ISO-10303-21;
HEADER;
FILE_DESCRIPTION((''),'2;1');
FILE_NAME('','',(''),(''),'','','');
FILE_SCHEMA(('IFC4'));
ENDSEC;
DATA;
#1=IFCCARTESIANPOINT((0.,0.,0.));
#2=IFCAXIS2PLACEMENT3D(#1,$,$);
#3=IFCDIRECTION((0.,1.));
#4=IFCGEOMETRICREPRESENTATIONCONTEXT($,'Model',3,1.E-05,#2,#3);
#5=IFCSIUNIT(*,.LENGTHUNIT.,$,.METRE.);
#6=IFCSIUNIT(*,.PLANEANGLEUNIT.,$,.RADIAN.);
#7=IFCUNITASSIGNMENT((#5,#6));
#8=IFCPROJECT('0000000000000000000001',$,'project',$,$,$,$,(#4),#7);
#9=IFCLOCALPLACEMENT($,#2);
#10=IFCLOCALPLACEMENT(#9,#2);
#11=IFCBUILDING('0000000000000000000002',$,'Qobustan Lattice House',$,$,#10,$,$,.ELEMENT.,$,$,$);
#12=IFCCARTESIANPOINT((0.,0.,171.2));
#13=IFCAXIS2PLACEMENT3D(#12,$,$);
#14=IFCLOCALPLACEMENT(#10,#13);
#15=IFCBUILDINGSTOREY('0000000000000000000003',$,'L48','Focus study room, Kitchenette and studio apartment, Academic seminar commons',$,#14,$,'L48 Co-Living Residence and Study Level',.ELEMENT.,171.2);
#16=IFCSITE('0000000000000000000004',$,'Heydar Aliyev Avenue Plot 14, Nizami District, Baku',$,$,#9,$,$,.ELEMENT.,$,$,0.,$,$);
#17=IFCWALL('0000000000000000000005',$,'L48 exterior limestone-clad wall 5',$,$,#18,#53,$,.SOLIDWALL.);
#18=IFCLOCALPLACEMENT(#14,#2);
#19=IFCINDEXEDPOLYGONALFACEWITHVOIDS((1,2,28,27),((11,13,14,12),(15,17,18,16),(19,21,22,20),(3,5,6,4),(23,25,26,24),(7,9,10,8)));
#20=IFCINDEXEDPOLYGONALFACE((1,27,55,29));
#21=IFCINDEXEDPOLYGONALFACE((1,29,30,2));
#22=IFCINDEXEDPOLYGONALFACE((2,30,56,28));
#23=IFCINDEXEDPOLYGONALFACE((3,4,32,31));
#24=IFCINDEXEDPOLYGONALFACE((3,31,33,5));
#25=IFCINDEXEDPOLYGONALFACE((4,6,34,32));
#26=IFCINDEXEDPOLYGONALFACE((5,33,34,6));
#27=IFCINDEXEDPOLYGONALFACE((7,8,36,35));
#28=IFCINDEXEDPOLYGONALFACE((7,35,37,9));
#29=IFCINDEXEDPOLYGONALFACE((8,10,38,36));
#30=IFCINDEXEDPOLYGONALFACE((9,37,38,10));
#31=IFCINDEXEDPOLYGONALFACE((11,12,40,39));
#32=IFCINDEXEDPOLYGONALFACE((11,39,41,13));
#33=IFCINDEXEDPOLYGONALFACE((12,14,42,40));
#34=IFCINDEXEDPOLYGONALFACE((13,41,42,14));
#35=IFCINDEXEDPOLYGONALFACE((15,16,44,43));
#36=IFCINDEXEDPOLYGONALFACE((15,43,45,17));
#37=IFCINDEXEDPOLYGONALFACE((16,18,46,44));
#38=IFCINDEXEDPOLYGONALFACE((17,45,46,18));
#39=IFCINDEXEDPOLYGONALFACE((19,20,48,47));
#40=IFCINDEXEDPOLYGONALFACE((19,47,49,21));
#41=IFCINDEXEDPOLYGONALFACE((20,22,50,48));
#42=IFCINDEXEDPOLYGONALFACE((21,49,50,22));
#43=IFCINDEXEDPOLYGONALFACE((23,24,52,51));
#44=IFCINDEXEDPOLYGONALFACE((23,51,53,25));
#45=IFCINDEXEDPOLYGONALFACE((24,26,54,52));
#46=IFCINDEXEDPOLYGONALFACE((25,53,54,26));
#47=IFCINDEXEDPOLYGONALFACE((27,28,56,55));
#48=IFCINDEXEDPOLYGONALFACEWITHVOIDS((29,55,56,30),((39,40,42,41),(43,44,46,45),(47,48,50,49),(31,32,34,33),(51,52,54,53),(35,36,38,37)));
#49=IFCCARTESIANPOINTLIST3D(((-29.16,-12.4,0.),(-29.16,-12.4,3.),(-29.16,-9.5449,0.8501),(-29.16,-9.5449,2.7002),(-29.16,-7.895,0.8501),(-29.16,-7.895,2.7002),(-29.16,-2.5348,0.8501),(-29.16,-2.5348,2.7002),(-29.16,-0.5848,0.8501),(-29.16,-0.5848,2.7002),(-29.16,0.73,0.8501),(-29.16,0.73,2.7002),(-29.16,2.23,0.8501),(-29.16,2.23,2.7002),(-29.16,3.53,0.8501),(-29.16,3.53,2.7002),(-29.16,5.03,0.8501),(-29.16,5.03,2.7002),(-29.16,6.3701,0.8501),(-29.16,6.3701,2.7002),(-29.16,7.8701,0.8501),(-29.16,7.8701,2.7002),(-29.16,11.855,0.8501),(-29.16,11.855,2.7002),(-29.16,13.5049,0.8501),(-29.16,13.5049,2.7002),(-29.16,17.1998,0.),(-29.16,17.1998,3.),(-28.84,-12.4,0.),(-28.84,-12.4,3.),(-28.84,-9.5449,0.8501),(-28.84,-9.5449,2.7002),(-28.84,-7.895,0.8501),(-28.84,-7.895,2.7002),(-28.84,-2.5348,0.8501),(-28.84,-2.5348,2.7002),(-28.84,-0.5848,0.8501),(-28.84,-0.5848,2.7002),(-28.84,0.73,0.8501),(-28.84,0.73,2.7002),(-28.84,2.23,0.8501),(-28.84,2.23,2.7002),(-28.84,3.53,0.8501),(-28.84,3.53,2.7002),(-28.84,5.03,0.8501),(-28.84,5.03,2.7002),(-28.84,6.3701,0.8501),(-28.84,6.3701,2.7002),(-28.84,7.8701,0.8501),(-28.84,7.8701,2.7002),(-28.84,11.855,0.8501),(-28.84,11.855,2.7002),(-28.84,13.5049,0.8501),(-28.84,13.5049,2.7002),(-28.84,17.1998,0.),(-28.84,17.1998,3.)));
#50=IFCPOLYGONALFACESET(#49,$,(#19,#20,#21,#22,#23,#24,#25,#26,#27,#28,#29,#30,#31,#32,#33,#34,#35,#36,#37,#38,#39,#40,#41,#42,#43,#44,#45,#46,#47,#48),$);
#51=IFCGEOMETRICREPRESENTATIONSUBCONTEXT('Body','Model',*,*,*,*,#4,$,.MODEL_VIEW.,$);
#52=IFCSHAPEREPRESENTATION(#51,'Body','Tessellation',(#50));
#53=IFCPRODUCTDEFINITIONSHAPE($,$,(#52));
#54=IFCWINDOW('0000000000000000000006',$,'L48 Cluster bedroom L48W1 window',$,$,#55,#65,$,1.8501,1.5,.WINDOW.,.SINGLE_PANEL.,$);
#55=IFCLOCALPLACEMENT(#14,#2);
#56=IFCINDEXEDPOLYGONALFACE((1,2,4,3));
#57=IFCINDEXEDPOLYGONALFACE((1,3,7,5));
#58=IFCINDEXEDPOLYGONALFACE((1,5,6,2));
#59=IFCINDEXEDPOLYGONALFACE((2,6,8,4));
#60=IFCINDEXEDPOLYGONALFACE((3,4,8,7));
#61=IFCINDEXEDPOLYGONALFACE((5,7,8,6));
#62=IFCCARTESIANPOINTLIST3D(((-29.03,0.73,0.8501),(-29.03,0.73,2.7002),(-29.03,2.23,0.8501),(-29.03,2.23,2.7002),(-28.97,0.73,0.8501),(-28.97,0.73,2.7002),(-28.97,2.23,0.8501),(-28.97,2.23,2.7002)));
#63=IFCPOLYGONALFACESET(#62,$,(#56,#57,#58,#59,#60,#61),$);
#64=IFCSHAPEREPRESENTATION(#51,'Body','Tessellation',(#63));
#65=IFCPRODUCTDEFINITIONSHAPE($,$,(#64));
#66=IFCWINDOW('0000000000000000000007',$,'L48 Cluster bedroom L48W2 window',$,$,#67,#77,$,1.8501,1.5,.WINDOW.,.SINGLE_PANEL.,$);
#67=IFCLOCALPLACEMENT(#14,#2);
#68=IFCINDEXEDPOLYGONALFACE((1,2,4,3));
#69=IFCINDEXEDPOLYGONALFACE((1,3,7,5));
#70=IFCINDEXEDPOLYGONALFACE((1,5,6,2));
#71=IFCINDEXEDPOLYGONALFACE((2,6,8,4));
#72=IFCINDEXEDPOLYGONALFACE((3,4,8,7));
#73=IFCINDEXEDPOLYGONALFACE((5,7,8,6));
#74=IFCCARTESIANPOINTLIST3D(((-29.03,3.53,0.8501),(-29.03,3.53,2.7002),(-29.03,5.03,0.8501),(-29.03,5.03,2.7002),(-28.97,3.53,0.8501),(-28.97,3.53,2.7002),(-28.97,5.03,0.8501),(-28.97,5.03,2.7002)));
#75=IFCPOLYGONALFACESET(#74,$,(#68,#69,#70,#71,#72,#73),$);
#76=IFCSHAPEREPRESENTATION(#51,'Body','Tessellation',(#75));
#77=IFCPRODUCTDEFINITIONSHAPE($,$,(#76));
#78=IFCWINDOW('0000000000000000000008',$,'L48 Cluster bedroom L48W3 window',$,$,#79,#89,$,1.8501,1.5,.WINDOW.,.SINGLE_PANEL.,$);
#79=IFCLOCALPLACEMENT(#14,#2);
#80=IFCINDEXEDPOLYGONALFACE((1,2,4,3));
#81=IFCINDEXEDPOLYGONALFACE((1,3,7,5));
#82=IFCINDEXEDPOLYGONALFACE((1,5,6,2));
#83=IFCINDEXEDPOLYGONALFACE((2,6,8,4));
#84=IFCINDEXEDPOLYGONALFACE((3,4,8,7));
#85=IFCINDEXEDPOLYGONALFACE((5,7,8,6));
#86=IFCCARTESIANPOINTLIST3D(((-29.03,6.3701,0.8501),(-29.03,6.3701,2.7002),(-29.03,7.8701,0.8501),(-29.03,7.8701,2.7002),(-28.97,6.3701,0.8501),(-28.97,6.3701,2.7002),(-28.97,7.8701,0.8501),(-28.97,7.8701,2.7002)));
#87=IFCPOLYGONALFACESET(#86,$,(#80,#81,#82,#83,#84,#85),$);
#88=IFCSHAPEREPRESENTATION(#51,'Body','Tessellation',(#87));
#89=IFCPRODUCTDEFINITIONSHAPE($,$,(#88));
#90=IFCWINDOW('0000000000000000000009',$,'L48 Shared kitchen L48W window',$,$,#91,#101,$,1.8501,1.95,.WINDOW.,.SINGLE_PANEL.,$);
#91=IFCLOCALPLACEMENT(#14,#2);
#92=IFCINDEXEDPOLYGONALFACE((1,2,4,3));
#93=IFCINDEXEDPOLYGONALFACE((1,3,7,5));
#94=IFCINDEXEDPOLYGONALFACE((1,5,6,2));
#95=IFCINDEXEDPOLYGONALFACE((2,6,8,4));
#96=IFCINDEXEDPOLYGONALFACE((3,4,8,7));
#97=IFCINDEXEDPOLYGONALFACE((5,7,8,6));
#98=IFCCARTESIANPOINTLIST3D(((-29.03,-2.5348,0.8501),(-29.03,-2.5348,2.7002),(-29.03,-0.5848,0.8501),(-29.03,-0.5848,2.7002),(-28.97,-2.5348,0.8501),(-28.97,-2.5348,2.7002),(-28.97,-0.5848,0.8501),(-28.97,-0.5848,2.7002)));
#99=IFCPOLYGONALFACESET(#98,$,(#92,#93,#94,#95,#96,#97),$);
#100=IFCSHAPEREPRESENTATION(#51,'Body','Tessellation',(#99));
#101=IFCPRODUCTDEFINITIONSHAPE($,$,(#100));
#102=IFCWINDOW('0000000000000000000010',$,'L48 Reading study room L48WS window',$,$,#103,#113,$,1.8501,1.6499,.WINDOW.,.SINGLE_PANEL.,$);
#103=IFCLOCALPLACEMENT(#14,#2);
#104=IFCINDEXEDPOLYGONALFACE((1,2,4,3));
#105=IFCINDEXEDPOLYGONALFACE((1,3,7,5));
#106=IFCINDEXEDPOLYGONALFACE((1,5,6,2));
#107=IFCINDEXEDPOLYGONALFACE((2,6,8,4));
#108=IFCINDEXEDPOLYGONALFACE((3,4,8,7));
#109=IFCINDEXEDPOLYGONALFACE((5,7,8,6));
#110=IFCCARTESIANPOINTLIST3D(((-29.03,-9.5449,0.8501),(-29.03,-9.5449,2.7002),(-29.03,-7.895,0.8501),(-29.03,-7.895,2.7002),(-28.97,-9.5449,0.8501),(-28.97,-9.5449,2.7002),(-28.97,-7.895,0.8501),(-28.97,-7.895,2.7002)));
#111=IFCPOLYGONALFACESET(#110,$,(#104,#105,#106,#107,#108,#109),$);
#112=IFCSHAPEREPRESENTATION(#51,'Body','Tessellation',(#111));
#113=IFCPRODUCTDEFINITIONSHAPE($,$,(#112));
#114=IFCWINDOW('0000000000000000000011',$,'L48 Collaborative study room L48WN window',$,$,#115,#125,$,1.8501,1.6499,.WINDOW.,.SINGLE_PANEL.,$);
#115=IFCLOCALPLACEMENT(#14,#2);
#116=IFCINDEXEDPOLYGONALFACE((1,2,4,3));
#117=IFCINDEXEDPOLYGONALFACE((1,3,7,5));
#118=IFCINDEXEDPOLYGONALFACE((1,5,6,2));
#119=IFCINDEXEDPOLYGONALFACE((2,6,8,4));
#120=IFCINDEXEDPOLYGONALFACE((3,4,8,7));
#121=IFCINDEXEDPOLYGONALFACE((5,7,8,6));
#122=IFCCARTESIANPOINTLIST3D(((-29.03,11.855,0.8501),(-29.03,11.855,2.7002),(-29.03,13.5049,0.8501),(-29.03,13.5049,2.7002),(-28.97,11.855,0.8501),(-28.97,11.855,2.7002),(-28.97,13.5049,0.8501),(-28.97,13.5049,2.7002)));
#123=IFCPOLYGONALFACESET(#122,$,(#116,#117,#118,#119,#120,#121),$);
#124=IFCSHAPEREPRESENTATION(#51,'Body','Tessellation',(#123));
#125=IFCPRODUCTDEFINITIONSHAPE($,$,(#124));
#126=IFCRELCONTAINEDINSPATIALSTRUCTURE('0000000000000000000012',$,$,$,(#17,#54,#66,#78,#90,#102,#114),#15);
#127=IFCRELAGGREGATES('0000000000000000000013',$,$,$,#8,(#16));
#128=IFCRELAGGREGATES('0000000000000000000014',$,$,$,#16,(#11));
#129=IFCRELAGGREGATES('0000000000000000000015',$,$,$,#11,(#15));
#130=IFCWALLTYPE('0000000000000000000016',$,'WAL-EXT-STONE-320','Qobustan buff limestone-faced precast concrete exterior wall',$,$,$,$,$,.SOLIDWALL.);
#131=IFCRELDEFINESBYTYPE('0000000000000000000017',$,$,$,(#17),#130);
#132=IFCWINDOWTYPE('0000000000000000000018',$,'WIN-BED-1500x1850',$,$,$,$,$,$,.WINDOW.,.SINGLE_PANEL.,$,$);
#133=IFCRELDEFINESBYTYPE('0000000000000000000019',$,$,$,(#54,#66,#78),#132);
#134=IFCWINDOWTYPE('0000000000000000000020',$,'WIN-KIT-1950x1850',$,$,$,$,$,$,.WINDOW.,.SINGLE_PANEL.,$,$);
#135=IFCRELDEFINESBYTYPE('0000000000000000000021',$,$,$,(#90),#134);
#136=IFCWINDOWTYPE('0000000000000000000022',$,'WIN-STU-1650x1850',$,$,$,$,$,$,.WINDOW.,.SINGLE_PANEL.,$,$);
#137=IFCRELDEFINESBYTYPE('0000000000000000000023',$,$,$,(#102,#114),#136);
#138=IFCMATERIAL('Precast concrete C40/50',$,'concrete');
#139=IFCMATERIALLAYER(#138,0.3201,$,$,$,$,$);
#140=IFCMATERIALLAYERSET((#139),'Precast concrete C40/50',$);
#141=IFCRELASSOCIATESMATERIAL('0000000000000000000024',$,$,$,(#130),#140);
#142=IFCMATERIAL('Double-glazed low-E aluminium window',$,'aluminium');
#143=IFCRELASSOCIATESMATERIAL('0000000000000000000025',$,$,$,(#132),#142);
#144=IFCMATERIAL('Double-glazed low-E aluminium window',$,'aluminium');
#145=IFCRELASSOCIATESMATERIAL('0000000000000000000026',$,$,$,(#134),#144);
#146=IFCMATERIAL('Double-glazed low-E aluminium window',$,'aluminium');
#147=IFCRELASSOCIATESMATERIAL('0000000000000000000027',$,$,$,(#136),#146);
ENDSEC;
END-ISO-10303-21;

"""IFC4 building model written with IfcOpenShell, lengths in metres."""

from ifc_helpers import new_model, si_unit, direction, frame, frame_2d, origin, place, context, subcontext, project, spatial, rectangle, extrude, material, layer, layer_set, type_object, element, fill, save


model = new_model("IFC4")

# Units and contexts
model_context = context("Model", 3, precision=1e-05, world=origin(), true_north=direction((0.0, 1.0)))
body_context = subcontext(model_context, "Body", "Model", "MODEL_VIEW")
ifc_project = project(units=[si_unit("LENGTHUNIT", "METRE"), si_unit("PLANEANGLEUNIT", "RADIAN")], contexts=[model_context])

# Site, building, storey
site_placement = place(None, origin())
site = spatial("IfcSite", under=ifc_project, at=site_placement, Name="Heydar Aliyev Avenue Plot 14, Nizami District, Baku", CompositionType="ELEMENT", RefElevation=0.0)
building_placement = place(site_placement, origin())
building = spatial("IfcBuilding", under=site, at=building_placement, Name="Qobustan Lattice House", CompositionType="ELEMENT")
storey_placement = place(building_placement, frame((0.0, 0.0, 171.2)))
storey = spatial("IfcBuildingStorey", under=building, at=storey_placement, Name="L48", Description="Focus study room, Kitchenette and studio apartment, Academic seminar commons", LongName="L48 Co-Living Residence and Study Level", CompositionType="ELEMENT", Elevation=171.2)

# Shared definitions
ifc_material_1 = material(Name="Precast concrete C40/50", Category="concrete")
ifc_layer_1 = layer(ifc_material_1, 0.3201)
ifc_layer_set_1 = layer_set([ifc_layer_1], Name="Precast concrete C40/50")
wall_type = type_object("IfcWallType", Name="WAL-EXT-STONE-320", Description="Qobustan buff limestone-faced precast concrete exterior wall", PredefinedType="SOLIDWALL", material=ifc_layer_set_1)

# Wall, openings, windows
wall_1_placement = place(storey_placement, frame((-29.0, -12.3999, 0.0), z_axis=(0.0, 0.0, 1.0), x_axis=(0.0, 1.0, 0.0)))
wall_1 = element("IfcWall", 1, at=wall_1_placement, inside=storey, type_object=wall_type, Name="L48 exterior limestone-clad wall 5", PredefinedType="SOLIDWALL", context=body_context, shape_type="SweptSolid", body=[
    extrude(rectangle(XDim=29.5999, YDim=0.3201, at=frame_2d((14.7998, 0.0))), origin(), (0.0, 0.0, 1.0), 3.0),
])
opening_1_placement = place(wall_1_placement, frame((2.855, 0.0, 0.8501)))
opening_1 = element("IfcOpeningElement", 2, at=opening_1_placement, cuts=wall_1, PredefinedType="OPENING", context=body_context, shape_type="SweptSolid", body=[
    extrude(rectangle(XDim=1.6499, YDim=1.8501, at=frame_2d((0.825, 0.925))), frame((0.0, 0.1699, 0.0), z_axis=(0.0, -1.0, 0.0), x_axis=(1.0, 0.0, 0.0)), (0.0, 0.0, 1.0), 0.3401),
])
opening_2_placement = place(wall_1_placement, frame((9.865, 0.0, 0.8501)))
opening_2 = element("IfcOpeningElement", 3, at=opening_2_placement, cuts=wall_1, PredefinedType="OPENING", context=body_context, shape_type="SweptSolid", body=[
    extrude(rectangle(XDim=1.95, YDim=1.8501, at=frame_2d((0.9751, 0.925))), frame((0.0, 0.1699, 0.0), z_axis=(0.0, -1.0, 0.0), x_axis=(1.0, 0.0, 0.0)), (0.0, 0.0, 1.0), 0.3401),
])
opening_3_placement = place(wall_1_placement, frame((13.1299, 0.0, 0.8501)))
opening_3 = element("IfcOpeningElement", 4, at=opening_3_placement, cuts=wall_1, PredefinedType="OPENING", context=body_context, shape_type="SweptSolid", body=[
    extrude(rectangle(XDim=1.5, YDim=1.8501, at=frame_2d((0.75, 0.925))), frame((0.0, 0.1699, 0.0), z_axis=(0.0, -1.0, 0.0), x_axis=(1.0, 0.0, 0.0)), (0.0, 0.0, 1.0), 0.3401),
])
opening_4_placement = place(wall_1_placement, frame((15.9299, 0.0, 0.8501)))
opening_4 = element("IfcOpeningElement", 5, at=opening_4_placement, cuts=wall_1, PredefinedType="OPENING", context=body_context, shape_type="SweptSolid", body=[
    extrude(rectangle(XDim=1.5, YDim=1.8501, at=frame_2d((0.75, 0.925))), frame((0.0, 0.1699, 0.0), z_axis=(0.0, -1.0, 0.0), x_axis=(1.0, 0.0, 0.0)), (0.0, 0.0, 1.0), 0.3401),
])
opening_5_placement = place(wall_1_placement, frame((18.77, 0.0, 0.8501)))
opening_5 = element("IfcOpeningElement", 6, at=opening_5_placement, cuts=wall_1, PredefinedType="OPENING", context=body_context, shape_type="SweptSolid", body=[
    extrude(rectangle(XDim=1.5, YDim=1.8501, at=frame_2d((0.75, 0.925))), frame((0.0, 0.1699, 0.0), z_axis=(0.0, -1.0, 0.0), x_axis=(1.0, 0.0, 0.0)), (0.0, 0.0, 1.0), 0.3401),
])
opening_6_placement = place(wall_1_placement, frame((24.2549, 0.0, 0.8501)))
opening_6 = element("IfcOpeningElement", 7, at=opening_6_placement, cuts=wall_1, PredefinedType="OPENING", context=body_context, shape_type="SweptSolid", body=[
    extrude(rectangle(XDim=1.6499, YDim=1.8501, at=frame_2d((0.825, 0.925))), frame((0.0, 0.1699, 0.0), z_axis=(0.0, -1.0, 0.0), x_axis=(1.0, 0.0, 0.0)), (0.0, 0.0, 1.0), 0.3401),
])
ifc_material_2 = material(Name="Double-glazed low-E aluminium window", Category="aluminium")
window_type_1 = type_object("IfcWindowType", Name="WIN-BED-1500x1850", PartitioningType="SINGLE_PANEL", PredefinedType="WINDOW", material=ifc_material_2)
window_1_placement = place(opening_3_placement, origin())
window_1 = element("IfcWindow", 8, at=window_1_placement, inside=storey, type_object=window_type_1, Name="L48 Cluster bedroom L48W1 window", OverallHeight=1.8501, OverallWidth=1.5, PartitioningType="SINGLE_PANEL", PredefinedType="WINDOW", context=body_context, shape_type="SweptSolid", body=[
    extrude(rectangle(XDim=1.5, YDim=1.8501, at=frame_2d((0.75, 0.925))), frame((0.0, 0.03, 0.0), z_axis=(0.0, -1.0, 0.0), x_axis=(1.0, 0.0, 0.0)), (0.0, 0.0, 1.0), 0.0601),
])
fill(opening_3, window_1)
window_2_placement = place(opening_4_placement, origin())
window_2 = element("IfcWindow", 9, at=window_2_placement, inside=storey, type_object=window_type_1, Name="L48 Cluster bedroom L48W2 window", OverallHeight=1.8501, OverallWidth=1.5, PartitioningType="SINGLE_PANEL", PredefinedType="WINDOW", context=body_context, shape_type="SweptSolid", body=[
    extrude(rectangle(XDim=1.5, YDim=1.8501, at=frame_2d((0.75, 0.925))), frame((0.0, 0.03, 0.0), z_axis=(0.0, -1.0, 0.0), x_axis=(1.0, 0.0, 0.0)), (0.0, 0.0, 1.0), 0.0601),
])
fill(opening_4, window_2)
window_3_placement = place(opening_5_placement, origin())
window_3 = element("IfcWindow", 10, at=window_3_placement, inside=storey, type_object=window_type_1, Name="L48 Cluster bedroom L48W3 window", OverallHeight=1.8501, OverallWidth=1.5, PartitioningType="SINGLE_PANEL", PredefinedType="WINDOW", context=body_context, shape_type="SweptSolid", body=[
    extrude(rectangle(XDim=1.5, YDim=1.8501, at=frame_2d((0.75, 0.925))), frame((0.0, 0.03, 0.0), z_axis=(0.0, -1.0, 0.0), x_axis=(1.0, 0.0, 0.0)), (0.0, 0.0, 1.0), 0.0601),
])
fill(opening_5, window_3)
ifc_material_3 = material(Name="Double-glazed low-E aluminium window", Category="aluminium")
window_type_2 = type_object("IfcWindowType", Name="WIN-KIT-1950x1850", PartitioningType="SINGLE_PANEL", PredefinedType="WINDOW", material=ifc_material_3)
window_4_placement = place(opening_2_placement, origin())
window_4 = element("IfcWindow", 11, at=window_4_placement, inside=storey, type_object=window_type_2, Name="L48 Shared kitchen L48W window", OverallHeight=1.8501, OverallWidth=1.95, PartitioningType="SINGLE_PANEL", PredefinedType="WINDOW", context=body_context, shape_type="SweptSolid", body=[
    extrude(rectangle(XDim=1.95, YDim=1.8501, at=frame_2d((0.9751, 0.925))), frame((0.0, 0.03, 0.0), z_axis=(0.0, -1.0, 0.0), x_axis=(1.0, 0.0, 0.0)), (0.0, 0.0, 1.0), 0.0601),
])
fill(opening_2, window_4)
ifc_material_4 = material(Name="Double-glazed low-E aluminium window", Category="aluminium")
window_type_3 = type_object("IfcWindowType", Name="WIN-STU-1650x1850", PartitioningType="SINGLE_PANEL", PredefinedType="WINDOW", material=ifc_material_4)
window_5_placement = place(opening_1_placement, origin())
window_5 = element("IfcWindow", 12, at=window_5_placement, inside=storey, type_object=window_type_3, Name="L48 Reading study room L48WS window", OverallHeight=1.8501, OverallWidth=1.6499, PartitioningType="SINGLE_PANEL", PredefinedType="WINDOW", context=body_context, shape_type="SweptSolid", body=[
    extrude(rectangle(XDim=1.6499, YDim=1.8501, at=frame_2d((0.825, 0.925))), frame((0.0, 0.03, 0.0), z_axis=(0.0, -1.0, 0.0), x_axis=(1.0, 0.0, 0.0)), (0.0, 0.0, 1.0), 0.0601),
])
fill(opening_1, window_5)
window_6_placement = place(opening_6_placement, origin())
window_6 = element("IfcWindow", 13, at=window_6_placement, inside=storey, type_object=window_type_3, Name="L48 Collaborative study room L48WN window", OverallHeight=1.8501, OverallWidth=1.6499, PartitioningType="SINGLE_PANEL", PredefinedType="WINDOW", context=body_context, shape_type="SweptSolid", body=[
    extrude(rectangle(XDim=1.6499, YDim=1.8501, at=frame_2d((0.825, 0.925))), frame((0.0, 0.03, 0.0), z_axis=(0.0, -1.0, 0.0), x_axis=(1.0, 0.0, 0.0)), (0.0, 0.0, 1.0), 0.0601),
])
fill(opening_6, window_6)

save(model, "model.ifc")
